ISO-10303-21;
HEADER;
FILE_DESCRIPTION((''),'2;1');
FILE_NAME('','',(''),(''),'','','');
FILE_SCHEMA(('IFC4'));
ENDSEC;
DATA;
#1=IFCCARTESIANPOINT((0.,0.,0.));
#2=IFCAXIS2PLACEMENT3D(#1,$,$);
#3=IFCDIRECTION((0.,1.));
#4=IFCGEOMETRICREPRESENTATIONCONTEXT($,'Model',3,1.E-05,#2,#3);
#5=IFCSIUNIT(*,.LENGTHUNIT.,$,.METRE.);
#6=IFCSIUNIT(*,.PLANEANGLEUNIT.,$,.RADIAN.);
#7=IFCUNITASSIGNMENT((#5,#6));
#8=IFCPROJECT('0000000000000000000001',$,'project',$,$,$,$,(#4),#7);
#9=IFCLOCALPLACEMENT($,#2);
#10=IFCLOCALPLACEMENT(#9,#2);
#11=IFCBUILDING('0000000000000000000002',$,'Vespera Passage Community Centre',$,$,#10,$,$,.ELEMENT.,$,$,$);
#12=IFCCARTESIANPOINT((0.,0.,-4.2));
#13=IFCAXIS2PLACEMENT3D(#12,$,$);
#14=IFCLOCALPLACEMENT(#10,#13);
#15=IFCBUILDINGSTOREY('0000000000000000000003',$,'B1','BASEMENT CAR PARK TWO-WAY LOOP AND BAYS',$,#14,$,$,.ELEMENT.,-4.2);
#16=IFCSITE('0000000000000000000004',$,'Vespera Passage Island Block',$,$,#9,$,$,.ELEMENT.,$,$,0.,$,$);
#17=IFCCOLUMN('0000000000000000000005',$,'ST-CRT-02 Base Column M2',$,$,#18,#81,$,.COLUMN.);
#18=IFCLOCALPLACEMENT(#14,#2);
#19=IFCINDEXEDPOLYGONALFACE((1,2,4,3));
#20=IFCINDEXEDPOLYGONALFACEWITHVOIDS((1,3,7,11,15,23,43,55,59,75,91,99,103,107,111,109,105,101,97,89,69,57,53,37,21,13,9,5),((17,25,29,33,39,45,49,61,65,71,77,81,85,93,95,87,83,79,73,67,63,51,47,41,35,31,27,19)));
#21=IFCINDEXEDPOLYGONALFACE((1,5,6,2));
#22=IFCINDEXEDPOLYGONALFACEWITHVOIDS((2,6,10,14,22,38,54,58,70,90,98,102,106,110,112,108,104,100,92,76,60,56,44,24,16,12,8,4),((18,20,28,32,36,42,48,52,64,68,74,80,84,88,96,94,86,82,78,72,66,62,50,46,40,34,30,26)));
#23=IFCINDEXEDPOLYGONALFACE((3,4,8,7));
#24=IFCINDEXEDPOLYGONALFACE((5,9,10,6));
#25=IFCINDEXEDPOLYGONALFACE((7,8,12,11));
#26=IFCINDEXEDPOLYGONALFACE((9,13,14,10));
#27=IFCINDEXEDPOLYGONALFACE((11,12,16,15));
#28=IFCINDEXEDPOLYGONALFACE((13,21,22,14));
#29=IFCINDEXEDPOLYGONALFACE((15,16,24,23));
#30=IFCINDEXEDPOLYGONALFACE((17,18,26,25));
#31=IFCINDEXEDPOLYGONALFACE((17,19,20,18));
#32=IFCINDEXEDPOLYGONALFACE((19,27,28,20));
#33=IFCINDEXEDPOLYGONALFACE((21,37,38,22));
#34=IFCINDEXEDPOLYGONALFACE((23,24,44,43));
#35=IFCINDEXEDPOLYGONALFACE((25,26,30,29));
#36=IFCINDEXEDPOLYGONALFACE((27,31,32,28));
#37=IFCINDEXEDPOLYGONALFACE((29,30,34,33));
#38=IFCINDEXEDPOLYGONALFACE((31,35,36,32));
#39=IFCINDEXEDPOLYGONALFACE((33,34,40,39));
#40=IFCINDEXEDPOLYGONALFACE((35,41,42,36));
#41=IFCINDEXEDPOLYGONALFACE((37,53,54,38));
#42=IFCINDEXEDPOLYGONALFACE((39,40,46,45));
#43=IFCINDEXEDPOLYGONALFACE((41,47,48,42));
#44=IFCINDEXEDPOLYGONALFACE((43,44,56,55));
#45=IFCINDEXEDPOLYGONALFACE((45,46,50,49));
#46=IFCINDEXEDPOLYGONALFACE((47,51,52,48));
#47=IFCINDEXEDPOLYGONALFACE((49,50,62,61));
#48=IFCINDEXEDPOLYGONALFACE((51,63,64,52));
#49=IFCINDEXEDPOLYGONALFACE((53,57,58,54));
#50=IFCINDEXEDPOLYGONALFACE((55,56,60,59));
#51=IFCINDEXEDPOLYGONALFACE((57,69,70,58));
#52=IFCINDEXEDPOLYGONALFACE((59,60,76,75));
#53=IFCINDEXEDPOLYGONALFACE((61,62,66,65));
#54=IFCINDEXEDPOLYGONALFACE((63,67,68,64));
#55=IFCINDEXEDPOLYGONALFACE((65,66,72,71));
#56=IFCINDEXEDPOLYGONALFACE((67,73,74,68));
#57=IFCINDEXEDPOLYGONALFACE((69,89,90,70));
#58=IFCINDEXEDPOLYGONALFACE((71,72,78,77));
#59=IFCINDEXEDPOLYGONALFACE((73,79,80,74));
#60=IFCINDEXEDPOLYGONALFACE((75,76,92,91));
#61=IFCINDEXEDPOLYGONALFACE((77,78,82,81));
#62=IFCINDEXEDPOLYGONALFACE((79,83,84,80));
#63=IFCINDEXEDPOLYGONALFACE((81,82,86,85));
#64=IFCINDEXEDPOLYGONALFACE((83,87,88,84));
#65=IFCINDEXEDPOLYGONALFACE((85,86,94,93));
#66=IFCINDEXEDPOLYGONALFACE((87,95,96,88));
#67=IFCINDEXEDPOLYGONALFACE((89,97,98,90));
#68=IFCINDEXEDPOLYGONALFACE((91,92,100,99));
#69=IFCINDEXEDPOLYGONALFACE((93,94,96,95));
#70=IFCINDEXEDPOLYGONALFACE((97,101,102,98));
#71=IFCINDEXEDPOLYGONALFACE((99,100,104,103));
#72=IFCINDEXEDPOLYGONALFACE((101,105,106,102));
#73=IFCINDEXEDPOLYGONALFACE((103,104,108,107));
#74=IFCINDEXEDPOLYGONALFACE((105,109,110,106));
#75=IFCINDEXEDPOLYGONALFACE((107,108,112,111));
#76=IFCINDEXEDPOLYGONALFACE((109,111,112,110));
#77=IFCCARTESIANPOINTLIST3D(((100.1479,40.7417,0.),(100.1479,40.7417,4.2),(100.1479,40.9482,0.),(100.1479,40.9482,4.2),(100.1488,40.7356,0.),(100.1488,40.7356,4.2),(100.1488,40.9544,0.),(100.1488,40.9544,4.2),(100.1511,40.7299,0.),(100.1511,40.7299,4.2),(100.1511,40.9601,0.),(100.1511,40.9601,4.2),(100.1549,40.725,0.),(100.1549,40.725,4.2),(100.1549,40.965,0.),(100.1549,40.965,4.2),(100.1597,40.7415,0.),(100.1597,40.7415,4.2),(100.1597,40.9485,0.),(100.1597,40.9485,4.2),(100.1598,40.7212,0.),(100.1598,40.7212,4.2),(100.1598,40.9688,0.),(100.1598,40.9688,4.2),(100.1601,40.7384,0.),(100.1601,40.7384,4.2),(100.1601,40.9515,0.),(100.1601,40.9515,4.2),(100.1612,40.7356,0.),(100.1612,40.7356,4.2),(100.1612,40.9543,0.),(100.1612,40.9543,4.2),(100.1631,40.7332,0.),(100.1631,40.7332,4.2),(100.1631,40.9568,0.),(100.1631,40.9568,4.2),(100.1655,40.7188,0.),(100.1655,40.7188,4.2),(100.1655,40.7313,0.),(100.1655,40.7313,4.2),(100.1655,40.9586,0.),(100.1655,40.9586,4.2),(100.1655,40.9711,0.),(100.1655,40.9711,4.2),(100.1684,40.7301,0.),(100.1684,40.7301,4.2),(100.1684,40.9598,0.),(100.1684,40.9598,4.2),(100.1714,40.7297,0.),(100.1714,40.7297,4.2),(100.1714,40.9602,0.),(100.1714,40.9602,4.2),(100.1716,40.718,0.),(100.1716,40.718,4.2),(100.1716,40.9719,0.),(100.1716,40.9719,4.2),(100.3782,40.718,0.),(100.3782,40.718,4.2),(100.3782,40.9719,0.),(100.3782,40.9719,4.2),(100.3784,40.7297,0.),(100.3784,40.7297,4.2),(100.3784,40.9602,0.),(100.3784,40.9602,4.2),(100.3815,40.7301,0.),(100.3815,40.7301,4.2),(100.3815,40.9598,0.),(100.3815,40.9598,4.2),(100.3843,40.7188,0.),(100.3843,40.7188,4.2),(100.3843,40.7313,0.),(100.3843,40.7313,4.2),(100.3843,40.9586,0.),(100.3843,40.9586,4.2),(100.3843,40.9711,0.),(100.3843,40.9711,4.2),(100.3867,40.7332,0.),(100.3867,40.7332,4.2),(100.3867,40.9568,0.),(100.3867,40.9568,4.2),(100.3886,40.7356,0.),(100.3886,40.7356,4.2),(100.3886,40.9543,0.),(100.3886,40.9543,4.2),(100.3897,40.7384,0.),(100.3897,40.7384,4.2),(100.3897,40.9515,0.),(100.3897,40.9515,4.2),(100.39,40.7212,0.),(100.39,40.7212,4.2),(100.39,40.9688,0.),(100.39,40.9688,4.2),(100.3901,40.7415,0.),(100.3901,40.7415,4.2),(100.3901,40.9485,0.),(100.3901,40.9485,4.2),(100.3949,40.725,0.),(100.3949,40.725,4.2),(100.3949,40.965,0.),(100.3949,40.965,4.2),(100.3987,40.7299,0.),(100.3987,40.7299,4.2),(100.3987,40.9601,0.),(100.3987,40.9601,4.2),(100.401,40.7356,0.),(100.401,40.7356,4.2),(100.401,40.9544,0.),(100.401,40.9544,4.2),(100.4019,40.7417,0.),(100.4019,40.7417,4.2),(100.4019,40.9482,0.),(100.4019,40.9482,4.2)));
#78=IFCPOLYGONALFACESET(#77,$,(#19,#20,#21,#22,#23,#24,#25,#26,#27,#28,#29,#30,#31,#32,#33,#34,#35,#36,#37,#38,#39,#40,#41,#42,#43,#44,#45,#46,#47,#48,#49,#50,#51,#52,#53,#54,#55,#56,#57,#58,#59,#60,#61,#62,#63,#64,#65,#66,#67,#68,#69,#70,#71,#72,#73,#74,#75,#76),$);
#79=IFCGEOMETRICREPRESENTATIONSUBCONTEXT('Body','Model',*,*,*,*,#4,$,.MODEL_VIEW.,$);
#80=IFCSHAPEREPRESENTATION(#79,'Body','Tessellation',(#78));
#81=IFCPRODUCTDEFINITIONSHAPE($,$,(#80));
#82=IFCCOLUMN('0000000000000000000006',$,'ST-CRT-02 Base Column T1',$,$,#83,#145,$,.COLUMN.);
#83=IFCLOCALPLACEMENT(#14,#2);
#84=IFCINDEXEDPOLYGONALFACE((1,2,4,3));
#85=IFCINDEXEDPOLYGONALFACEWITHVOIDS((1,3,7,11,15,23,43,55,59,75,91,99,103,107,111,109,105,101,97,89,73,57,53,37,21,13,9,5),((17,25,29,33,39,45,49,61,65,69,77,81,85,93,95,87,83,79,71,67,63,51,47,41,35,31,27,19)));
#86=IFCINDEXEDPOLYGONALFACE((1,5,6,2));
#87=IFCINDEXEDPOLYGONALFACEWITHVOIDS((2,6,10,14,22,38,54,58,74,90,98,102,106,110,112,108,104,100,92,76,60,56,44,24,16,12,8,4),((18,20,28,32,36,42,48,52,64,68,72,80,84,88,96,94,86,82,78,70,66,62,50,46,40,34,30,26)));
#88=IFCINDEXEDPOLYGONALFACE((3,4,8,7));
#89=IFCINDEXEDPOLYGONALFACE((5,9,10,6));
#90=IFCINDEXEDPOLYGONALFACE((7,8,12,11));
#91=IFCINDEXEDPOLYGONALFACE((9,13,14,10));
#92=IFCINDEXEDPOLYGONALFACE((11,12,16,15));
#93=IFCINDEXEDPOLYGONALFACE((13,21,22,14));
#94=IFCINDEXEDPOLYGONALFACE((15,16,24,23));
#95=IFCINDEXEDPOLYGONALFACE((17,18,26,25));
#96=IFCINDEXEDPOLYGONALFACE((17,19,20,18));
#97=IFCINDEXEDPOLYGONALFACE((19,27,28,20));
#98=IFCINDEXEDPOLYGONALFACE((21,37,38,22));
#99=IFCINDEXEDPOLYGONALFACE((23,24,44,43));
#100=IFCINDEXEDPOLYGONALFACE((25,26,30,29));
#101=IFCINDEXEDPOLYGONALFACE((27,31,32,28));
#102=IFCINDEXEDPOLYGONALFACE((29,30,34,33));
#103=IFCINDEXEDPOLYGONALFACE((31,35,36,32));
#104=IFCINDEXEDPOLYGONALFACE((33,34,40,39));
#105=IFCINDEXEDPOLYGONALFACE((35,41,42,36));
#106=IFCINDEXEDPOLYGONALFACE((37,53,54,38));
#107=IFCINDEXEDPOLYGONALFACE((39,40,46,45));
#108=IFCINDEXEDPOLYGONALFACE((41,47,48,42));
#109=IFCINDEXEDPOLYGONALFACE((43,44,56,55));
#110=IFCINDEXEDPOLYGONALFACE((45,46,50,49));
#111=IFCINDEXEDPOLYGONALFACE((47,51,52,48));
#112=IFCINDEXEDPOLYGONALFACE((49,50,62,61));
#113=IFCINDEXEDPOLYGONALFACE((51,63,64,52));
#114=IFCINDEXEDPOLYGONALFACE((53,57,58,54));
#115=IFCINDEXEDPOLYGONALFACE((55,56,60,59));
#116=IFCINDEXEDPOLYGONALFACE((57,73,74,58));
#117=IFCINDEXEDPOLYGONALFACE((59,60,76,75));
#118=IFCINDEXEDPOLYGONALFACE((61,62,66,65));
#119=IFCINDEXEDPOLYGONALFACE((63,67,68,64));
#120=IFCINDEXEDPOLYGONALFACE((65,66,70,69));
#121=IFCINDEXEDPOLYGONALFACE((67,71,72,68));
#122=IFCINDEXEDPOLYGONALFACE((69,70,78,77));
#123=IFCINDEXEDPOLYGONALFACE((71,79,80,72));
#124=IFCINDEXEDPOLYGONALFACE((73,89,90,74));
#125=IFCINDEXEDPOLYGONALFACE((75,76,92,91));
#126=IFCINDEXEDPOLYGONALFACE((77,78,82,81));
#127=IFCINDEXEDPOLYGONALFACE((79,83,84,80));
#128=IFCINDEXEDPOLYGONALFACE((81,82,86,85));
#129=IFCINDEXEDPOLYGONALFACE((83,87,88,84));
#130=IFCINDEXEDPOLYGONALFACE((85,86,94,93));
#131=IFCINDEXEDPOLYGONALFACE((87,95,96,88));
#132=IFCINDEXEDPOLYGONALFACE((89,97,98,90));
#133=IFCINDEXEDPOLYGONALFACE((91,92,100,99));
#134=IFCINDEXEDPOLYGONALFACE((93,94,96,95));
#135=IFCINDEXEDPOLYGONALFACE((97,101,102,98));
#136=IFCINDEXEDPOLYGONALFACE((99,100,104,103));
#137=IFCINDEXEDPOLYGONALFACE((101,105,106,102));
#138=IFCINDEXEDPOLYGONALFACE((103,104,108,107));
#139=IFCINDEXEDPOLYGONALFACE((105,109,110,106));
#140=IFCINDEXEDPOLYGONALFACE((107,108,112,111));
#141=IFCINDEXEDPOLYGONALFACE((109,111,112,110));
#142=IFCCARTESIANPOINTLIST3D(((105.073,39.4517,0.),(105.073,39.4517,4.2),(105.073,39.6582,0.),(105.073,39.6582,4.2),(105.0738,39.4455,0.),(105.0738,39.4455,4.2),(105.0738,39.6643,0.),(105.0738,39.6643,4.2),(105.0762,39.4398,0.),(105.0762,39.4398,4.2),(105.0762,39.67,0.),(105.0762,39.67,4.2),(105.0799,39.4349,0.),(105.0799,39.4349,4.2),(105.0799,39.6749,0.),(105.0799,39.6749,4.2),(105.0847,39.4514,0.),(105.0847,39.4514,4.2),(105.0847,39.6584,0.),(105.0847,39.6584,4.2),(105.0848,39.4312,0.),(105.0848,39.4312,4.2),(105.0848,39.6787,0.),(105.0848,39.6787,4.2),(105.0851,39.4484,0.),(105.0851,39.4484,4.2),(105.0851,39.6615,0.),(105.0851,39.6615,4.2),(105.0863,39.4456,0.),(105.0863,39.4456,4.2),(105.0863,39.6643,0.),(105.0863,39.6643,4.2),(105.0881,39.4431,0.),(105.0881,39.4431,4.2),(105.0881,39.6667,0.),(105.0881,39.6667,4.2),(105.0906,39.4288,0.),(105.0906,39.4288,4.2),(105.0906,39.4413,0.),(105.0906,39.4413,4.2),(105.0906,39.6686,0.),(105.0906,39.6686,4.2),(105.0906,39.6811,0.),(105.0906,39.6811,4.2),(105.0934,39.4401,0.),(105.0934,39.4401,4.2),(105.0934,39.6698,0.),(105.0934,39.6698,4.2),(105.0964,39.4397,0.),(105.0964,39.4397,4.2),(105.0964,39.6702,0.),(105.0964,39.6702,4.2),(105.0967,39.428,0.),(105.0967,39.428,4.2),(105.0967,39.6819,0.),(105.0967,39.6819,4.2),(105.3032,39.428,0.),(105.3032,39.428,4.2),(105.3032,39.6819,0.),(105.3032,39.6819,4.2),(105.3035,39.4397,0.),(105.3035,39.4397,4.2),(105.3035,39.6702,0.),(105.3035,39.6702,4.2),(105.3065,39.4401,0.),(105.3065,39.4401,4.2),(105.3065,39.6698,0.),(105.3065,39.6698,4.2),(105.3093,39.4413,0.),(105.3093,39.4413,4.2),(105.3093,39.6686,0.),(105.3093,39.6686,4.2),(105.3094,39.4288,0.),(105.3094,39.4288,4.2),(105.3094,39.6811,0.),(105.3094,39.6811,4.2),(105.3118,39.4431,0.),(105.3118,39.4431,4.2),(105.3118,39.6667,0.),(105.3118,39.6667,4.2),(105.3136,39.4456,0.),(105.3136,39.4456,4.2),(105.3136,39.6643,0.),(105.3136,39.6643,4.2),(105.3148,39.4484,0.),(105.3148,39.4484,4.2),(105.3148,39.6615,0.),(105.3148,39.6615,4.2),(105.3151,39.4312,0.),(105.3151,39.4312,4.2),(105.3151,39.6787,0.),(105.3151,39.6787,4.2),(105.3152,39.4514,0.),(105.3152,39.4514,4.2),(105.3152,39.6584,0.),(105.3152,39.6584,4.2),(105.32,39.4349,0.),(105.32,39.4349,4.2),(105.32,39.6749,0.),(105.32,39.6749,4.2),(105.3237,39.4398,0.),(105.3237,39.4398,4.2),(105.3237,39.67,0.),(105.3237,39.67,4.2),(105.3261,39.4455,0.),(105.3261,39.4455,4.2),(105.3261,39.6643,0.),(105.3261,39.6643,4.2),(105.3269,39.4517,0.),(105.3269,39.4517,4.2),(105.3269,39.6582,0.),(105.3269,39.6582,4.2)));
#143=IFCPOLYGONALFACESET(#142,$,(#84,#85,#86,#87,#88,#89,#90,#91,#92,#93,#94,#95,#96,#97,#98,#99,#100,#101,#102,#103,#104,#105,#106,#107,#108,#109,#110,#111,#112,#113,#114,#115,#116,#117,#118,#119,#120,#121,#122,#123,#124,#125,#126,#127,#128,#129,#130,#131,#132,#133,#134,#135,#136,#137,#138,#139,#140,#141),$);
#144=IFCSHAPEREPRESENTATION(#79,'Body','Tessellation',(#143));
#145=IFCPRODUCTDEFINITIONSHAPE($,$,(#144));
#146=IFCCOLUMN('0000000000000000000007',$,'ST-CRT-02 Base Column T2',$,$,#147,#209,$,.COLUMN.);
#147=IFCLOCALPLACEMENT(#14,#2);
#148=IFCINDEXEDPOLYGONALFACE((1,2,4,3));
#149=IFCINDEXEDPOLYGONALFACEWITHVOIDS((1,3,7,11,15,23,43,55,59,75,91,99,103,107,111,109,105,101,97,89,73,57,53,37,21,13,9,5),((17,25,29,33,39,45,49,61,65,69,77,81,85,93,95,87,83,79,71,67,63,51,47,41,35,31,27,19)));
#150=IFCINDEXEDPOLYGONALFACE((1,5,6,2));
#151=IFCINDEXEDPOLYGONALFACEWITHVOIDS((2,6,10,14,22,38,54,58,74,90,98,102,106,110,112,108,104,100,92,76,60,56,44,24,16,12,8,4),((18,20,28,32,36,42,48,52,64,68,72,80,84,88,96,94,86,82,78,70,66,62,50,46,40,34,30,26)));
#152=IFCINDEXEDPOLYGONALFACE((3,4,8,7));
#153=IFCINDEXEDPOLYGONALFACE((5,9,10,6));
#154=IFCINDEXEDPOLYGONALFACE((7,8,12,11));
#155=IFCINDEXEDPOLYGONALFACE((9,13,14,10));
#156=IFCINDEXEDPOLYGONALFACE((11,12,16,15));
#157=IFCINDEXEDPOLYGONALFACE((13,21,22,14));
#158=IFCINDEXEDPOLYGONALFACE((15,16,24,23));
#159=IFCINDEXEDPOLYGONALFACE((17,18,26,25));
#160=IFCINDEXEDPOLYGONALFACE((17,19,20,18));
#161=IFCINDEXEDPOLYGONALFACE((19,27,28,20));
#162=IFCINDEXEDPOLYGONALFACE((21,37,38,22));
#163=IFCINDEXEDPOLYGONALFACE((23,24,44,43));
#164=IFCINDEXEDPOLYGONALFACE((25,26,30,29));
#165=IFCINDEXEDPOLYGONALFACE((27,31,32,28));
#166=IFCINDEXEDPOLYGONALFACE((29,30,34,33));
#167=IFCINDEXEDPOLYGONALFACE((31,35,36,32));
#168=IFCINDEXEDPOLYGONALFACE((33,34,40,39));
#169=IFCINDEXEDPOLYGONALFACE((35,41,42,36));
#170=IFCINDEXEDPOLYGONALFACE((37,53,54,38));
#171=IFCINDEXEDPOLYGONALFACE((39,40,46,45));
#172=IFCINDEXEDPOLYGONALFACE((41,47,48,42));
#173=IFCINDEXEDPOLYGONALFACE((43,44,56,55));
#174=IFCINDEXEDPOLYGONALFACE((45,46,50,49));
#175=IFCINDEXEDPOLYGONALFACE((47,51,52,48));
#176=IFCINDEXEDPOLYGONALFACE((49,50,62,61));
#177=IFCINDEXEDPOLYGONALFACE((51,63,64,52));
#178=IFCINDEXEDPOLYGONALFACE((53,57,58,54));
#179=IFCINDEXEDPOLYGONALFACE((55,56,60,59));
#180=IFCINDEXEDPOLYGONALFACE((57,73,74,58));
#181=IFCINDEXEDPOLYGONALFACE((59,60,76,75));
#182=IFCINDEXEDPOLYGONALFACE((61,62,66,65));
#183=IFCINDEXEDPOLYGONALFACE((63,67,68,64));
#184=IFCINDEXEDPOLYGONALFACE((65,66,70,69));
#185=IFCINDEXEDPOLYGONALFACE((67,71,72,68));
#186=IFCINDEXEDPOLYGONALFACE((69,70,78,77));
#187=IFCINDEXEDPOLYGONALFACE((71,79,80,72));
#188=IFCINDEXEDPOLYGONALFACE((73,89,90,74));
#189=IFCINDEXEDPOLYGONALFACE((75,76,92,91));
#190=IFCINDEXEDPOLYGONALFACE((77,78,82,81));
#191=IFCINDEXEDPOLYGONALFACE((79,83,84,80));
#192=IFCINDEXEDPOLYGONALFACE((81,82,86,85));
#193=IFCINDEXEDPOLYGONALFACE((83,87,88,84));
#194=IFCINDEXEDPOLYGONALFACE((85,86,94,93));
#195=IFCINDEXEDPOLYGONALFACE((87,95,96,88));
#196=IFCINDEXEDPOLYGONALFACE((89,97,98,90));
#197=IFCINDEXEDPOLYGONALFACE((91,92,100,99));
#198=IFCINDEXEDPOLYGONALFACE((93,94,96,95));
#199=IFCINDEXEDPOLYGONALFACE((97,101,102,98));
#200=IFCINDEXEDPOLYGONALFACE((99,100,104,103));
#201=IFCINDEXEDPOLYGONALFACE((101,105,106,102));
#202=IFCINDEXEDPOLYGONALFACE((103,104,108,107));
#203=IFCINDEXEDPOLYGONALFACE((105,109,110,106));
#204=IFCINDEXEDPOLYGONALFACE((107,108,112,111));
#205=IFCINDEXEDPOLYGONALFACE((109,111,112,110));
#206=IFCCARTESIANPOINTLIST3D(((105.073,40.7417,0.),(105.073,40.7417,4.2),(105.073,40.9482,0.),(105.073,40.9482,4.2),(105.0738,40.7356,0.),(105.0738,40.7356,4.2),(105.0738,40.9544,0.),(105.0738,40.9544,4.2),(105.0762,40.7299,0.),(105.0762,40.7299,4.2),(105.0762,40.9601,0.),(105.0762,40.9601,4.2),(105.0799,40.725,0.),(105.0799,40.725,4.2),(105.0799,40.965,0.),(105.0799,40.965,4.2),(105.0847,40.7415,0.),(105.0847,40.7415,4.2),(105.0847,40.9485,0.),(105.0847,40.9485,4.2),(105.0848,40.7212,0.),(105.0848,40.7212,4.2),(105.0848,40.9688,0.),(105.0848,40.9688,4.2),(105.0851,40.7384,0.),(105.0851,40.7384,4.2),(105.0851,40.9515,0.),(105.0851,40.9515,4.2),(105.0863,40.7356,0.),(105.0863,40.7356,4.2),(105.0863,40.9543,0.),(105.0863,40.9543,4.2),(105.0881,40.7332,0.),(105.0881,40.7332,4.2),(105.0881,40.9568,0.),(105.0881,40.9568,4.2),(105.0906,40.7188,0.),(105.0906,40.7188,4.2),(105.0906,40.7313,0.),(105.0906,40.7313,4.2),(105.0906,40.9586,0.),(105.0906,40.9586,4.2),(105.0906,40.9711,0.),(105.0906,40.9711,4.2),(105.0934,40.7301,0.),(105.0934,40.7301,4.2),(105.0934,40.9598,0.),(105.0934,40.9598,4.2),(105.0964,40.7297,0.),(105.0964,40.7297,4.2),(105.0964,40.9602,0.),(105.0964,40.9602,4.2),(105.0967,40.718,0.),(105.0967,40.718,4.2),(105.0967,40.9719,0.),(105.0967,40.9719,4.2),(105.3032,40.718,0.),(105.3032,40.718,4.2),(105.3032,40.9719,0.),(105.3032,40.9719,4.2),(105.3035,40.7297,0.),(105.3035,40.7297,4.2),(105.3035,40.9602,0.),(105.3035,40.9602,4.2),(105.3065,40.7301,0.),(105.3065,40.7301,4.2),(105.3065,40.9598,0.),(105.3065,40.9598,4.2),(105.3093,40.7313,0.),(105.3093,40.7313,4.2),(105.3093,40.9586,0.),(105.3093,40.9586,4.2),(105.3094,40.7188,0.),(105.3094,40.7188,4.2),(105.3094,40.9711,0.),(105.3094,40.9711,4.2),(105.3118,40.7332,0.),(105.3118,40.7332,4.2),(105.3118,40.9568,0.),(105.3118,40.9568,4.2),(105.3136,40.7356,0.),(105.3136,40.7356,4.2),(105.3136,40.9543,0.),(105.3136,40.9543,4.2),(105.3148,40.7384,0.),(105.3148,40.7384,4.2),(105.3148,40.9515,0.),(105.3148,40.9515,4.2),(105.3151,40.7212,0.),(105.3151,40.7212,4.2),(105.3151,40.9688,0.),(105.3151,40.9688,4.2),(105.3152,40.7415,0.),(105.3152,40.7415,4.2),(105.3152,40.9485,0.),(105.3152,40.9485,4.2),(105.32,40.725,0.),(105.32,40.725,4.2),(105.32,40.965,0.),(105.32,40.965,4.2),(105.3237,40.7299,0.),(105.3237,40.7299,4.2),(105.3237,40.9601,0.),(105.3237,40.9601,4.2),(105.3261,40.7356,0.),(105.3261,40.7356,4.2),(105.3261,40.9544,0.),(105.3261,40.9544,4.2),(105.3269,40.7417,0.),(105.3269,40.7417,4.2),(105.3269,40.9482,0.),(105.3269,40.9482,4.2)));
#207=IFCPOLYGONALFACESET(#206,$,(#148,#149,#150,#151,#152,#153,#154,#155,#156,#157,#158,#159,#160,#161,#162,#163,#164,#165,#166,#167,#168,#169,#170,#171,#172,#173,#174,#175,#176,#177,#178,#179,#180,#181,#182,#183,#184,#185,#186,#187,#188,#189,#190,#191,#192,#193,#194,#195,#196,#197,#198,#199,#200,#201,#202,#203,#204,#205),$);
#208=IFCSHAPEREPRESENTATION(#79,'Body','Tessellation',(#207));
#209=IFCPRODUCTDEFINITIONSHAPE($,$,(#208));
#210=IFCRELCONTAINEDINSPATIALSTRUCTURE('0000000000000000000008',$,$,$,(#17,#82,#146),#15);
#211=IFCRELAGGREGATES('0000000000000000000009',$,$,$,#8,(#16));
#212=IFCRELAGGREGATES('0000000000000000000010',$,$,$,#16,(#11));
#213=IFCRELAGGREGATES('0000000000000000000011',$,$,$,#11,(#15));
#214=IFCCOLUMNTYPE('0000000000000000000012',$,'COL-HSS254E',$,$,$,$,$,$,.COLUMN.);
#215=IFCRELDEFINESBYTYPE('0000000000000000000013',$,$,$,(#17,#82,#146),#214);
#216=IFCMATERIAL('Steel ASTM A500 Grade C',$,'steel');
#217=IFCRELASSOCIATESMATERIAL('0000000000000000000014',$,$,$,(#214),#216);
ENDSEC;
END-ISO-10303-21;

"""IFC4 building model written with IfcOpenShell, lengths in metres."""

from ifc_helpers import new_model, si_unit, direction, frame, origin, origin_2d, place, context, subcontext, project, spatial, hollow_rectangle, extrude, material, material_profile, profile_set, type_object, element, save


model = new_model("IFC4")

# Units and contexts
model_context = context("Model", 3, precision=1e-05, world=origin(), true_north=direction((0.0, 1.0)))
body_context = subcontext(model_context, "Body", "Model", "MODEL_VIEW")
ifc_project = project(units=[si_unit("LENGTHUNIT", "METRE"), si_unit("PLANEANGLEUNIT", "RADIAN")], contexts=[model_context])

# Site, building, storey
site_placement = place(None, origin())
site = spatial("IfcSite", under=ifc_project, at=site_placement, Name="Vespera Passage Island Block", CompositionType="ELEMENT", RefElevation=0.0)
building_placement = place(site_placement, origin())
building = spatial("IfcBuilding", under=site, at=building_placement, Name="Vespera Passage Community Centre", CompositionType="ELEMENT")
storey_placement = place(building_placement, frame((0.0, 0.0, -4.2)))
storey = spatial("IfcBuildingStorey", under=building, at=storey_placement, Name="B1", Description="BASEMENT CAR PARK TWO-WAY LOOP AND BAYS", CompositionType="ELEMENT", Elevation=-4.2)

# Columns
ifc_material_1 = material(Name="Steel ASTM A500 Grade C", Category="steel")
ifc_material_profile_1 = material_profile(ifc_material_1, hollow_rectangle(XDim=0.2539, YDim=0.2539, WallThickness=0.0117, InnerFilletRadius=0.0117, OuterFilletRadius=0.0237, at=origin_2d()), Name="HSS254X254X12.7")
ifc_profile_set_1 = profile_set([ifc_material_profile_1], Name="Steel ASTM A500 Grade C")
column_type_1 = type_object("IfcColumnType", Name="COL-HSS254E", PredefinedType="COLUMN", material=ifc_profile_set_1)
for number, where, z_axis, x_axis, name in (
    (1, (100.2749, 40.845, 0.0), (0.0, 0.0, 1.0), (1.0, 0.0, 0.0), "ST-CRT-02 Base Column M2"),
    (2, (105.2, 39.5549, 0.0), (0.0, 0.0, 1.0), (1.0, 0.0, 0.0), "ST-CRT-02 Base Column T1"),
    (3, (105.2, 40.845, 0.0), (0.0, 0.0, 1.0), (1.0, 0.0, 0.0), "ST-CRT-02 Base Column T2"),
):
    element("IfcColumn", number, at=place(storey_placement, frame(where, z_axis=z_axis, x_axis=x_axis)), inside=storey, type_object=column_type_1, Name=name, PredefinedType="COLUMN", context=body_context, shape_type="SweptSolid", body=[
        extrude(hollow_rectangle(XDim=0.2539, YDim=0.2539, WallThickness=0.0117, InnerFilletRadius=0.0117, OuterFilletRadius=0.0237, at=origin_2d()), origin(), (0.0, 0.0, 1.0), 4.2),
    ])

save(model, "model.ifc")
